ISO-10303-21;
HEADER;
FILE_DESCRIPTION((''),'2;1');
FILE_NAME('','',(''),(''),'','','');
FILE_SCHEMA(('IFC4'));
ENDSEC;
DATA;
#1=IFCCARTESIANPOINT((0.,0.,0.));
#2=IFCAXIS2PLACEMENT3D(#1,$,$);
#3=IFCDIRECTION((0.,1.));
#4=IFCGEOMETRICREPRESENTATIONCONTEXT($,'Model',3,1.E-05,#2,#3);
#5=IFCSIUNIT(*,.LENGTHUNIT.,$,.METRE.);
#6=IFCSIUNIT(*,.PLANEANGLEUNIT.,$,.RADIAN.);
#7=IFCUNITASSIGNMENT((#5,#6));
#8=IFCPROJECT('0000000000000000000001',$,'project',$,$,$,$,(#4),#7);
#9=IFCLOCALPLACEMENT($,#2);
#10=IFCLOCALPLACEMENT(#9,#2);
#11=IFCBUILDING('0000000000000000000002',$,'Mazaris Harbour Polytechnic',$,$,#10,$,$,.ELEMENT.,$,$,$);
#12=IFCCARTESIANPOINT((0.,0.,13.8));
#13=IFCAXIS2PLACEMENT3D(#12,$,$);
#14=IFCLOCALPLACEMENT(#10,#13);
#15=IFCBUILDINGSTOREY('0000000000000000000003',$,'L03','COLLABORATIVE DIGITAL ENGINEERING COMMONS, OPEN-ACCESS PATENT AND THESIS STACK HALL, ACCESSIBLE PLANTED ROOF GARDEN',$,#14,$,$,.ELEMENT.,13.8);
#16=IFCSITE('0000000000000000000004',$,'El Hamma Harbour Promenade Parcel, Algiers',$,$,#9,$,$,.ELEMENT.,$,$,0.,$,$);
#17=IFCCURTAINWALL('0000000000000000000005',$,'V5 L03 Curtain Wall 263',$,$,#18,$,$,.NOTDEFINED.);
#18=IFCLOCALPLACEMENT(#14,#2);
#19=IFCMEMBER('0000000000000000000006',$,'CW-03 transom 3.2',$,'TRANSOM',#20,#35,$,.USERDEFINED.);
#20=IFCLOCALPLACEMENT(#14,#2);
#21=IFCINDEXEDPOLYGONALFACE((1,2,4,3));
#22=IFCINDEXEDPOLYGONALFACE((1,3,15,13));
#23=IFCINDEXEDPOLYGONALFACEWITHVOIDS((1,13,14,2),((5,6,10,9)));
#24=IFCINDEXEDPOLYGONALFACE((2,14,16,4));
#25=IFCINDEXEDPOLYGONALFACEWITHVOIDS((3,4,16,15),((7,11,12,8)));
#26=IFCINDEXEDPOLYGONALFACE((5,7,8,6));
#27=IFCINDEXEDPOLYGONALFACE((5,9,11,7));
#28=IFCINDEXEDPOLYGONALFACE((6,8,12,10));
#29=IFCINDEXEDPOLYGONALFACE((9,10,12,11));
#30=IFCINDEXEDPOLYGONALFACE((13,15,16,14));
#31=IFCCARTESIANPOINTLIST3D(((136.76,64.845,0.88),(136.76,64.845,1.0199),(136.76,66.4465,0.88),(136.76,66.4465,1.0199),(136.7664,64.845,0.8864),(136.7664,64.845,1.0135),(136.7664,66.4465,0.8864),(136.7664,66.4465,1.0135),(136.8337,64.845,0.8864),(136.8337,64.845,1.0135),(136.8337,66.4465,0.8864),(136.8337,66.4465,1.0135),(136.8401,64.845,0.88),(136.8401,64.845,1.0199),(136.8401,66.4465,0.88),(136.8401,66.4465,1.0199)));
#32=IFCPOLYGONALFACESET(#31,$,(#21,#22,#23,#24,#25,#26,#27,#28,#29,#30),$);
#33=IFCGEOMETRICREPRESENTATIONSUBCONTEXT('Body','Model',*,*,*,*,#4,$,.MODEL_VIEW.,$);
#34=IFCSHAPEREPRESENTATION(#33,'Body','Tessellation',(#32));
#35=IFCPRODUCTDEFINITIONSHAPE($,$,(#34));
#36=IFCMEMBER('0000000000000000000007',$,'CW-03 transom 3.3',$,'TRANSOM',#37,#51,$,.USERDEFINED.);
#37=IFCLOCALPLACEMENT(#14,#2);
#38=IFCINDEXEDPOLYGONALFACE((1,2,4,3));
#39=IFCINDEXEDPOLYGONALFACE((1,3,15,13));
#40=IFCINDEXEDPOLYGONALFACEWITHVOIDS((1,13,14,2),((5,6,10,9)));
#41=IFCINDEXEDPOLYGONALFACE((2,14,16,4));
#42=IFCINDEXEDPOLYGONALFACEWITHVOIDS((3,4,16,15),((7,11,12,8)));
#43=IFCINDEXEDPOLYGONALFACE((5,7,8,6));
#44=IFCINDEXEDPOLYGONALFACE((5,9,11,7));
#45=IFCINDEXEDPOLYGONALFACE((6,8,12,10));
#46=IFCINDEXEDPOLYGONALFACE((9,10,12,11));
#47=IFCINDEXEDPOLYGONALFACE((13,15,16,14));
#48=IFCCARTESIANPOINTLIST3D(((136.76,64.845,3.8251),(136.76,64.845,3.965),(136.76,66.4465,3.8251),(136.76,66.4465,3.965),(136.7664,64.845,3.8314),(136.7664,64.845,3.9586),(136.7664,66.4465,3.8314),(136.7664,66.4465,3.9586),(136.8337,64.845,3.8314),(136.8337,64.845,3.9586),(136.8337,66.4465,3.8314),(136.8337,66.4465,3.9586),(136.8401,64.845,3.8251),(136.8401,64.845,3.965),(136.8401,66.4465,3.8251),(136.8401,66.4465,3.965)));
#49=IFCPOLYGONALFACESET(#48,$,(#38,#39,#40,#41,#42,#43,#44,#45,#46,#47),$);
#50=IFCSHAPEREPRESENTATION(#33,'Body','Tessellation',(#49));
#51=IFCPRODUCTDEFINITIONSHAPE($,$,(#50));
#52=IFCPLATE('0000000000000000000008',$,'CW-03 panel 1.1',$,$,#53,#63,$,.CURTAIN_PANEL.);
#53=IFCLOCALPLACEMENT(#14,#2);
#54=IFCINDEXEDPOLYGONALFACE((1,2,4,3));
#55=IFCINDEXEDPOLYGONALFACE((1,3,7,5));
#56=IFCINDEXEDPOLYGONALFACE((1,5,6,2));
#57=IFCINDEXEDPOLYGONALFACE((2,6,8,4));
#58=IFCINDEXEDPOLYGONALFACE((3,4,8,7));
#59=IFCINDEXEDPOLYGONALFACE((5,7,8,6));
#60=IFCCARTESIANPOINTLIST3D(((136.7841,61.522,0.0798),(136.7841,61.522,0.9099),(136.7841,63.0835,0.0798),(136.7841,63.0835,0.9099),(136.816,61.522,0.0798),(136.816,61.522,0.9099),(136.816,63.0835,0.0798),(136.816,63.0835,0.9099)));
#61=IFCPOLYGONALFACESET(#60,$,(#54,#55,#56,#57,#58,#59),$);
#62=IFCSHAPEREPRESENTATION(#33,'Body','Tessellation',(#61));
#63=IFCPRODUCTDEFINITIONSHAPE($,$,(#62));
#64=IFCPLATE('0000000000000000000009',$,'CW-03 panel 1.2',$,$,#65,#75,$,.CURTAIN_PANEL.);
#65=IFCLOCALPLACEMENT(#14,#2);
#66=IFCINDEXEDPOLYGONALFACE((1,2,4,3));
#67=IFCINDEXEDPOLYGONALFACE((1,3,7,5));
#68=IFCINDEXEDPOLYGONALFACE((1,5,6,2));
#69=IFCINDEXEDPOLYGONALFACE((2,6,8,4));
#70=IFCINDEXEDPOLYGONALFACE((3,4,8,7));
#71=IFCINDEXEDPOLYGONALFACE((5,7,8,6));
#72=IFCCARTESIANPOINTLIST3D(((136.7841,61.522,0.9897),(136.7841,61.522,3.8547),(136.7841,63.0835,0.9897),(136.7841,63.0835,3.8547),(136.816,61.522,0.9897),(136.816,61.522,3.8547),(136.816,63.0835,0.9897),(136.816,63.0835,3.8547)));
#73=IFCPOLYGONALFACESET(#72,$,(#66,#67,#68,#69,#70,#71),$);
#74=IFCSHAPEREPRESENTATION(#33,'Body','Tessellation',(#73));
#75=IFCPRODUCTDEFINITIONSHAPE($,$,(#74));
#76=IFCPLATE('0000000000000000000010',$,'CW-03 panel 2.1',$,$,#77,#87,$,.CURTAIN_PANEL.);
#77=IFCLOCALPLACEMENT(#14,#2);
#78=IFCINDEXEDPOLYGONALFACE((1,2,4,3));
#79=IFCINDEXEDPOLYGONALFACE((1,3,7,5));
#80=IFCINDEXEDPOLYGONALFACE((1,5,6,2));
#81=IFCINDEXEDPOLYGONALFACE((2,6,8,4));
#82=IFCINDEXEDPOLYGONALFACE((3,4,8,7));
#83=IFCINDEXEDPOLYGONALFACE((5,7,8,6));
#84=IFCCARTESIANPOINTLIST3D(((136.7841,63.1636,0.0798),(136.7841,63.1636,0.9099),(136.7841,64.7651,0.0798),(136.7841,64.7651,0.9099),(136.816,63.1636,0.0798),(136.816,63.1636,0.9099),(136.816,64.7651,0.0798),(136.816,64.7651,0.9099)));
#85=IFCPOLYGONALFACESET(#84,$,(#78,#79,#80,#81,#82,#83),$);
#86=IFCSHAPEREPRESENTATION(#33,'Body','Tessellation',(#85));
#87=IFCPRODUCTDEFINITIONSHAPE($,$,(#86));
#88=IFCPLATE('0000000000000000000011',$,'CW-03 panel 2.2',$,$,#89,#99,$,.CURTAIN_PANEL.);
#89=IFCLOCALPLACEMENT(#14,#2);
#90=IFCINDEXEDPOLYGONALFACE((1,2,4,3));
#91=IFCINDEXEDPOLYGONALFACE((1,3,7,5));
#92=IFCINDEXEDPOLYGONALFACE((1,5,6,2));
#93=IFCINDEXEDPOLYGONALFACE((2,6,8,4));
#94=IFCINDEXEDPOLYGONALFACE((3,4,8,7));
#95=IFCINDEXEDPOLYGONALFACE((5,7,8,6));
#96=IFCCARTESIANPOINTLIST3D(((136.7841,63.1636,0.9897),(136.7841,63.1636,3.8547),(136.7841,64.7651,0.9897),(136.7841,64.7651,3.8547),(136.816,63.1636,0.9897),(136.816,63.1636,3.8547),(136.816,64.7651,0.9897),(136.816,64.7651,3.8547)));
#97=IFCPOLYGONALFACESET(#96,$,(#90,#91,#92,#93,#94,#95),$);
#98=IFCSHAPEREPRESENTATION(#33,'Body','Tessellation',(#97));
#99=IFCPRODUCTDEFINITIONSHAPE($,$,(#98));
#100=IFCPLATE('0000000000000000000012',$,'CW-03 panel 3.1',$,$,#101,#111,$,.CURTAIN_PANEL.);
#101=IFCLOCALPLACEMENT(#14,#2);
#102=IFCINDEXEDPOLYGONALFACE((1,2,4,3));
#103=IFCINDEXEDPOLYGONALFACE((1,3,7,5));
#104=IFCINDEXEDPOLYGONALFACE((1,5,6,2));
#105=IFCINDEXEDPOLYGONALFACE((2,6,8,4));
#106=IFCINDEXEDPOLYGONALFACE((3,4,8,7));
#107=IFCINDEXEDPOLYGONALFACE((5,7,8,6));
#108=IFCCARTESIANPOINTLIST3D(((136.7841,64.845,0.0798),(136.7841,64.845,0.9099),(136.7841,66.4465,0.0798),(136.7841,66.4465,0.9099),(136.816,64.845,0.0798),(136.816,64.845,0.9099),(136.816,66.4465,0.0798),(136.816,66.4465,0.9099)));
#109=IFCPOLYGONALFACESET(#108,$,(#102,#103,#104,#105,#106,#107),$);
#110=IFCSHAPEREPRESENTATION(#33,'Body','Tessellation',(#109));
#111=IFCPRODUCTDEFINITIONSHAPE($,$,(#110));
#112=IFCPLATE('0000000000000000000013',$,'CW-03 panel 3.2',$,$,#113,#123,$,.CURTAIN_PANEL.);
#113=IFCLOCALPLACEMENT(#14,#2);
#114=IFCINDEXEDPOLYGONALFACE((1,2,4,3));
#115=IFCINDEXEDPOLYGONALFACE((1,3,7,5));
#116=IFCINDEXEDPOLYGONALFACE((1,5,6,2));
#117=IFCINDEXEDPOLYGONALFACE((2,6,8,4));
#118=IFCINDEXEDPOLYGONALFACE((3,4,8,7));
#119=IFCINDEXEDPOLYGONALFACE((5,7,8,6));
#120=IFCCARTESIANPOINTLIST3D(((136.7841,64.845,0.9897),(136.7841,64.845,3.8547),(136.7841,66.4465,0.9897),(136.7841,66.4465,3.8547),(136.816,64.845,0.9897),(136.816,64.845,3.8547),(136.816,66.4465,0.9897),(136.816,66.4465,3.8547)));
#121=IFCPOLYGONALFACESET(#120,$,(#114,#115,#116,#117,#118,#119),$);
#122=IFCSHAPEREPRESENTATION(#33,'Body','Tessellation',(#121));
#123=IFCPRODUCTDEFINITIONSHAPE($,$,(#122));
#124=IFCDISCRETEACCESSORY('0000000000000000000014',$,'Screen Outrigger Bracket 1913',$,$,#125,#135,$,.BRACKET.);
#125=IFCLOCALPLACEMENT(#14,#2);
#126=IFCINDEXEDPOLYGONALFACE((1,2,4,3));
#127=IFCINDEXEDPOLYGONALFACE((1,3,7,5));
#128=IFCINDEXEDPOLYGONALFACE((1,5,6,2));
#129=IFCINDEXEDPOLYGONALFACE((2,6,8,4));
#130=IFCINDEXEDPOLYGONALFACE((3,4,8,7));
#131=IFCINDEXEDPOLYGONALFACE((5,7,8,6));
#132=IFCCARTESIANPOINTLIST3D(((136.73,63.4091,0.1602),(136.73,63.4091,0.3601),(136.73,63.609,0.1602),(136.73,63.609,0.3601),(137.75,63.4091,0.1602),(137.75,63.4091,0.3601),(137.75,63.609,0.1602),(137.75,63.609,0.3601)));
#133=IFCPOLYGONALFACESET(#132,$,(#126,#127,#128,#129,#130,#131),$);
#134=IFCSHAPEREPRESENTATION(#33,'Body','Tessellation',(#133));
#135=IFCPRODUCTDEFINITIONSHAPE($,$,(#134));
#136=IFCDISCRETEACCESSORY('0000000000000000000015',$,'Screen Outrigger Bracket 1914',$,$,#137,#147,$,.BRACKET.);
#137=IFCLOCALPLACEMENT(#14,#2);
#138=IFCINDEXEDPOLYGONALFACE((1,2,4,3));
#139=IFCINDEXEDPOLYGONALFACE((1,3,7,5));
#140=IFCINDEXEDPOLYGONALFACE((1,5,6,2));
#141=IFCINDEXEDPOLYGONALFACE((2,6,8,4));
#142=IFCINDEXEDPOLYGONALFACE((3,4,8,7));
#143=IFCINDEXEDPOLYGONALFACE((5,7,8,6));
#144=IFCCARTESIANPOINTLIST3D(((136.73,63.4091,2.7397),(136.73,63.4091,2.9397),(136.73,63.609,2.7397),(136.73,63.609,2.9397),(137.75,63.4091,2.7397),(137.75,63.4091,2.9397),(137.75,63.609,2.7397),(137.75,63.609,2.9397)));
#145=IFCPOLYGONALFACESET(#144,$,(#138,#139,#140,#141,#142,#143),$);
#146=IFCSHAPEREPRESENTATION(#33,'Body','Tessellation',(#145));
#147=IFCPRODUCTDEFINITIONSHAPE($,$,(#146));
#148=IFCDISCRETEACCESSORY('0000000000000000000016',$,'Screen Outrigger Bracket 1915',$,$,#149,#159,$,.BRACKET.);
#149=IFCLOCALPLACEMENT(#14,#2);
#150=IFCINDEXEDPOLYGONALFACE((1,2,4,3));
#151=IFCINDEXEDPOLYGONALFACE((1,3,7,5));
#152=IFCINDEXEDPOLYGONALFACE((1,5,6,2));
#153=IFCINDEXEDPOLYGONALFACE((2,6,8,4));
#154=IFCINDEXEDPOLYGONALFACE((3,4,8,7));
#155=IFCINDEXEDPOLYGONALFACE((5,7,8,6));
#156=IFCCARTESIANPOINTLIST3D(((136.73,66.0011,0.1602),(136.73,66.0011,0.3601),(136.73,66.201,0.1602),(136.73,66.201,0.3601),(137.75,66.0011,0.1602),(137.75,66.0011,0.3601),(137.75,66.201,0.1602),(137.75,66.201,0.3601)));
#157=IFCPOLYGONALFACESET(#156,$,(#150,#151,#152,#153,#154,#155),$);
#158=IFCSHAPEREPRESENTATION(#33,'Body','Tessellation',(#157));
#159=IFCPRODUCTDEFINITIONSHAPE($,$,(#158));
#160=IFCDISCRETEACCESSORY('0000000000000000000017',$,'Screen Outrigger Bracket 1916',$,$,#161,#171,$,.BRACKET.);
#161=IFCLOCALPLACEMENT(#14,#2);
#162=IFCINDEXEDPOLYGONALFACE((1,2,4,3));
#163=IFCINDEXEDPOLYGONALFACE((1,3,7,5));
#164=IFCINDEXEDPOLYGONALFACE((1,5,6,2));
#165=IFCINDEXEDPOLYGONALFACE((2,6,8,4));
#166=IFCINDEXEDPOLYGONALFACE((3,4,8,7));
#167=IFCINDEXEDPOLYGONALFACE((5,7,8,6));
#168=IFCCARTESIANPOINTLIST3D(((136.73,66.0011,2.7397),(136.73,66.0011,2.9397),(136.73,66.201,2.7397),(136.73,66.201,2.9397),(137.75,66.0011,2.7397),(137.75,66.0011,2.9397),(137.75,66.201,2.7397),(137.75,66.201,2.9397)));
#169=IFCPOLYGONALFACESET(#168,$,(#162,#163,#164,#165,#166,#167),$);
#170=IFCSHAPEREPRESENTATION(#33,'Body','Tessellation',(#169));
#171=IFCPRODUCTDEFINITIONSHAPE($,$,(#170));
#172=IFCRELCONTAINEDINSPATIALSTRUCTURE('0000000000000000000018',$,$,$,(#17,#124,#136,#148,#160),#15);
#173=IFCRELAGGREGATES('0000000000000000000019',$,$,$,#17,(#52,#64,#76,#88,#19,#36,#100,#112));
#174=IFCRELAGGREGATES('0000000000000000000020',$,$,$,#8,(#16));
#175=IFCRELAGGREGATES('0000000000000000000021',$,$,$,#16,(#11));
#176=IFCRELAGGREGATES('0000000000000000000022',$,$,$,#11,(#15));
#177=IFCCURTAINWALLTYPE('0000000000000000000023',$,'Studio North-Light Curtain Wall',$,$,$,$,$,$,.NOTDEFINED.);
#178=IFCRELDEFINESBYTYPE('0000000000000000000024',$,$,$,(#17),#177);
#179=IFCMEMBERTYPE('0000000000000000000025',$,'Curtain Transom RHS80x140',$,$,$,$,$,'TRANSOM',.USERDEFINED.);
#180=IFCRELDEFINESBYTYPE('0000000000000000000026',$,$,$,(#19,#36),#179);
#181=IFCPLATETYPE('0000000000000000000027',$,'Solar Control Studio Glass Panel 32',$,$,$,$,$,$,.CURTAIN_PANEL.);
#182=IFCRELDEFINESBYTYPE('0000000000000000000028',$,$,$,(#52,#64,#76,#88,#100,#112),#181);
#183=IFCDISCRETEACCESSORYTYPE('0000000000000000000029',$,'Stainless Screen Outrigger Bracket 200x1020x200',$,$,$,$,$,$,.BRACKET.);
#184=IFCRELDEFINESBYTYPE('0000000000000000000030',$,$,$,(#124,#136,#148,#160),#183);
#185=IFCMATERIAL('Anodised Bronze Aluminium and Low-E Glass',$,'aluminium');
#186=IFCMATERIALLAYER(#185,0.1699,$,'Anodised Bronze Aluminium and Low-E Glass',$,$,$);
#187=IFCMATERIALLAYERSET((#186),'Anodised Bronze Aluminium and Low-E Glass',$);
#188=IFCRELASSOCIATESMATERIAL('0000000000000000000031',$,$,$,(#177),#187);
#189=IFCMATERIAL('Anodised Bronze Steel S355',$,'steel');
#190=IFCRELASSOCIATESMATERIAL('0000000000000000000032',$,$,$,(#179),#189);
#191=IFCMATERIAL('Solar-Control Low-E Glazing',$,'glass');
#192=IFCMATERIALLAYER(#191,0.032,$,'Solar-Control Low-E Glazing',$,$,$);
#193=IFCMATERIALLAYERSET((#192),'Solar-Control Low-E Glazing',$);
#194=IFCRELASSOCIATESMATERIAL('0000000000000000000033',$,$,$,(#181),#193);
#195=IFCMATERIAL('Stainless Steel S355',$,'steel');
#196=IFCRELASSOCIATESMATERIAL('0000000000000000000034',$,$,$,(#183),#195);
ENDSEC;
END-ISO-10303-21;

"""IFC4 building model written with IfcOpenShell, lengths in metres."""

from ifc_helpers import new_model, si_unit, direction, frame, origin, origin_2d, place, context, subcontext, project, spatial, rectangle, hollow_rectangle, extrude, material, layer, layer_set, material_profile, profile_set, type_object, element, aggregate, save


model = new_model("IFC4")

# Units and contexts
model_context = context("Model", 3, precision=1e-05, world=origin(), true_north=direction((0.0, 1.0)))
body_context = subcontext(model_context, "Body", "Model", "MODEL_VIEW")
ifc_project = project(units=[si_unit("LENGTHUNIT", "METRE"), si_unit("PLANEANGLEUNIT", "RADIAN")], contexts=[model_context])

# Site, building, storey
site_placement = place(None, origin())
site = spatial("IfcSite", under=ifc_project, at=site_placement, Name="El Hamma Harbour Promenade Parcel, Algiers", CompositionType="ELEMENT", RefElevation=0.0)
building_placement = place(site_placement, origin())
building = spatial("IfcBuilding", under=site, at=building_placement, Name="Mazaris Harbour Polytechnic", CompositionType="ELEMENT")
storey_placement = place(building_placement, frame((0.0, 0.0, 13.8)))
storey = spatial("IfcBuildingStorey", under=building, at=storey_placement, Name="L03", Description="COLLABORATIVE DIGITAL ENGINEERING COMMONS, OPEN-ACCESS PATENT AND THESIS STACK HALL, ACCESSIBLE PLANTED ROOF GARDEN", CompositionType="ELEMENT", Elevation=13.8)

# Curtain wall, members, plates
ifc_material_1 = material(Name="Anodised Bronze Aluminium and Low-E Glass", Category="aluminium")
ifc_layer_1 = layer(ifc_material_1, 0.1699, Name="Anodised Bronze Aluminium and Low-E Glass")
ifc_layer_set_1 = layer_set([ifc_layer_1], Name="Anodised Bronze Aluminium and Low-E Glass")
curtain_wall_type = type_object("IfcCurtainWallType", Name="Studio North-Light Curtain Wall", PredefinedType="NOTDEFINED", material=ifc_layer_set_1)
curtain_wall_placement = place(storey_placement, origin())
curtain_wall = element("IfcCurtainWall", 1, at=curtain_wall_placement, inside=storey, type_object=curtain_wall_type, Name="V5 L03 Curtain Wall 263", PredefinedType="NOTDEFINED")
ifc_material_2 = material(Name="Anodised Bronze Steel S355", Category="steel")
ifc_material_profile_1 = material_profile(ifc_material_2, hollow_rectangle(XDim=0.0801, YDim=0.1399, WallThickness=0.0063, at=origin_2d()), Name="RHS 80x140x6.3")
ifc_profile_set_1 = profile_set([ifc_material_profile_1], Name="Anodised Bronze Steel S355")
member_type_1 = type_object("IfcMemberType", Name="Curtain Transom RHS80x140", ElementType="TRANSOM", PredefinedType="USERDEFINED", material=ifc_profile_set_1)
member_1_placement = place(storey_placement, frame((136.8, 64.845, 0.95), z_axis=(0.0, 1.0, 0.0), x_axis=(-1.0, 0.0, 0.0)))
member_1 = element("IfcMember", 2, at=member_1_placement, type_object=member_type_1, Name="CW-03 transom 3.2", ObjectType="TRANSOM", PredefinedType="USERDEFINED", context=body_context, shape_type="SweptSolid", body=[
    extrude(hollow_rectangle(XDim=0.0801, YDim=0.1399, WallThickness=0.0063, at=origin_2d()), origin(), (0.0, 0.0, 1.0), 1.6016),
])
member_2_placement = place(storey_placement, frame((136.8, 64.845, 3.895), z_axis=(0.0, 1.0, 0.0), x_axis=(-1.0, 0.0, 0.0)))
member_2 = element("IfcMember", 3, at=member_2_placement, type_object=member_type_1, Name="CW-03 transom 3.3", ObjectType="TRANSOM", PredefinedType="USERDEFINED", context=body_context, shape_type="SweptSolid", body=[
    extrude(hollow_rectangle(XDim=0.0801, YDim=0.1399, WallThickness=0.0063, at=origin_2d()), origin(), (0.0, 0.0, 1.0), 1.6016),
])
ifc_material_3 = material(Name="Solar-Control Low-E Glazing", Category="glass")
ifc_layer_2 = layer(ifc_material_3, 0.032, Name="Solar-Control Low-E Glazing")
ifc_layer_set_2 = layer_set([ifc_layer_2], Name="Solar-Control Low-E Glazing")
plate_type = type_object("IfcPlateType", Name="Solar Control Studio Glass Panel 32", PredefinedType="CURTAIN_PANEL", material=ifc_layer_set_2)
plate_1_placement = place(storey_placement, frame((136.8, 62.3027, 0.0798), z_axis=(0.0, 0.0, 1.0), x_axis=(0.0, 1.0, 0.0)))
plate_1 = element("IfcPlate", 4, at=plate_1_placement, type_object=plate_type, Name="CW-03 panel 1.1", PredefinedType="CURTAIN_PANEL", context=body_context, shape_type="SweptSolid", body=[
    extrude(rectangle(XDim=1.5615, YDim=0.032, at=origin_2d()), origin(), (0.0, 0.0, 1.0), 0.8301),
])
plate_2_placement = place(storey_placement, frame((136.8, 62.3027, 0.9897), z_axis=(0.0, 0.0, 1.0), x_axis=(0.0, 1.0, 0.0)))
plate_2 = element("IfcPlate", 5, at=plate_2_placement, type_object=plate_type, Name="CW-03 panel 1.2", PredefinedType="CURTAIN_PANEL", context=body_context, shape_type="SweptSolid", body=[
    extrude(rectangle(XDim=1.5615, YDim=0.032, at=origin_2d()), origin(), (0.0, 0.0, 1.0), 2.865),
])
plate_3_placement = place(storey_placement, frame((136.8, 63.9644, 0.0798), z_axis=(0.0, 0.0, 1.0), x_axis=(0.0, 1.0, 0.0)))
plate_3 = element("IfcPlate", 6, at=plate_3_placement, type_object=plate_type, Name="CW-03 panel 2.1", PredefinedType="CURTAIN_PANEL", context=body_context, shape_type="SweptSolid", body=[
    extrude(rectangle(XDim=1.6016, YDim=0.032, at=origin_2d()), origin(), (0.0, 0.0, 1.0), 0.8301),
])
plate_4_placement = place(storey_placement, frame((136.8, 63.9644, 0.9897), z_axis=(0.0, 0.0, 1.0), x_axis=(0.0, 1.0, 0.0)))
plate_4 = element("IfcPlate", 7, at=plate_4_placement, type_object=plate_type, Name="CW-03 panel 2.2", PredefinedType="CURTAIN_PANEL", context=body_context, shape_type="SweptSolid", body=[
    extrude(rectangle(XDim=1.6016, YDim=0.032, at=origin_2d()), origin(), (0.0, 0.0, 1.0), 2.865),
])
plate_5_placement = place(storey_placement, frame((136.8, 65.6458, 0.0798), z_axis=(0.0, 0.0, 1.0), x_axis=(0.0, 1.0, 0.0)))
plate_5 = element("IfcPlate", 8, at=plate_5_placement, type_object=plate_type, Name="CW-03 panel 3.1", PredefinedType="CURTAIN_PANEL", context=body_context, shape_type="SweptSolid", body=[
    extrude(rectangle(XDim=1.6016, YDim=0.032, at=origin_2d()), origin(), (0.0, 0.0, 1.0), 0.8301),
])
plate_6_placement = place(storey_placement, frame((136.8, 65.6458, 0.9897), z_axis=(0.0, 0.0, 1.0), x_axis=(0.0, 1.0, 0.0)))
plate_6 = element("IfcPlate", 9, at=plate_6_placement, type_object=plate_type, Name="CW-03 panel 3.2", PredefinedType="CURTAIN_PANEL", context=body_context, shape_type="SweptSolid", body=[
    extrude(rectangle(XDim=1.6016, YDim=0.032, at=origin_2d()), origin(), (0.0, 0.0, 1.0), 2.865),
])
aggregate(curtain_wall, [plate_1, plate_2, plate_3, plate_4, member_1, member_2, plate_5, plate_6])

# Discrete accessories
ifc_material_4 = material(Name="Stainless Steel S355", Category="steel")
discrete_accessory_type = type_object("IfcDiscreteAccessoryType", Name="Stainless Screen Outrigger Bracket 200x1020x200", PredefinedType="BRACKET", material=ifc_material_4)
for number, where, z_axis, x_axis, name in (
    (10, (137.24, 63.509, 0.1602), (0.0, 0.0, 1.0), (0.0, 1.0, 0.0), "Screen Outrigger Bracket 1913"),
    (11, (137.24, 63.509, 2.7397), (0.0, 0.0, 1.0), (0.0, 1.0, 0.0), "Screen Outrigger Bracket 1914"),
    (12, (137.24, 66.1011, 0.1602), (0.0, 0.0, 1.0), (0.0, 1.0, 0.0), "Screen Outrigger Bracket 1915"),
    (13, (137.24, 66.1011, 2.7397), (0.0, 0.0, 1.0), (0.0, 1.0, 0.0), "Screen Outrigger Bracket 1916"),
):
    element("IfcDiscreteAccessory", number, at=place(storey_placement, frame(where, z_axis=z_axis, x_axis=x_axis)), inside=storey, type_object=discrete_accessory_type, Name=name, PredefinedType="BRACKET", context=body_context, shape_type="SweptSolid", body=[
        extrude(rectangle(XDim=0.2, YDim=1.02, at=origin_2d()), origin(), (0.0, 0.0, 1.0), 0.2),
    ])

save(model, "model.ifc")
